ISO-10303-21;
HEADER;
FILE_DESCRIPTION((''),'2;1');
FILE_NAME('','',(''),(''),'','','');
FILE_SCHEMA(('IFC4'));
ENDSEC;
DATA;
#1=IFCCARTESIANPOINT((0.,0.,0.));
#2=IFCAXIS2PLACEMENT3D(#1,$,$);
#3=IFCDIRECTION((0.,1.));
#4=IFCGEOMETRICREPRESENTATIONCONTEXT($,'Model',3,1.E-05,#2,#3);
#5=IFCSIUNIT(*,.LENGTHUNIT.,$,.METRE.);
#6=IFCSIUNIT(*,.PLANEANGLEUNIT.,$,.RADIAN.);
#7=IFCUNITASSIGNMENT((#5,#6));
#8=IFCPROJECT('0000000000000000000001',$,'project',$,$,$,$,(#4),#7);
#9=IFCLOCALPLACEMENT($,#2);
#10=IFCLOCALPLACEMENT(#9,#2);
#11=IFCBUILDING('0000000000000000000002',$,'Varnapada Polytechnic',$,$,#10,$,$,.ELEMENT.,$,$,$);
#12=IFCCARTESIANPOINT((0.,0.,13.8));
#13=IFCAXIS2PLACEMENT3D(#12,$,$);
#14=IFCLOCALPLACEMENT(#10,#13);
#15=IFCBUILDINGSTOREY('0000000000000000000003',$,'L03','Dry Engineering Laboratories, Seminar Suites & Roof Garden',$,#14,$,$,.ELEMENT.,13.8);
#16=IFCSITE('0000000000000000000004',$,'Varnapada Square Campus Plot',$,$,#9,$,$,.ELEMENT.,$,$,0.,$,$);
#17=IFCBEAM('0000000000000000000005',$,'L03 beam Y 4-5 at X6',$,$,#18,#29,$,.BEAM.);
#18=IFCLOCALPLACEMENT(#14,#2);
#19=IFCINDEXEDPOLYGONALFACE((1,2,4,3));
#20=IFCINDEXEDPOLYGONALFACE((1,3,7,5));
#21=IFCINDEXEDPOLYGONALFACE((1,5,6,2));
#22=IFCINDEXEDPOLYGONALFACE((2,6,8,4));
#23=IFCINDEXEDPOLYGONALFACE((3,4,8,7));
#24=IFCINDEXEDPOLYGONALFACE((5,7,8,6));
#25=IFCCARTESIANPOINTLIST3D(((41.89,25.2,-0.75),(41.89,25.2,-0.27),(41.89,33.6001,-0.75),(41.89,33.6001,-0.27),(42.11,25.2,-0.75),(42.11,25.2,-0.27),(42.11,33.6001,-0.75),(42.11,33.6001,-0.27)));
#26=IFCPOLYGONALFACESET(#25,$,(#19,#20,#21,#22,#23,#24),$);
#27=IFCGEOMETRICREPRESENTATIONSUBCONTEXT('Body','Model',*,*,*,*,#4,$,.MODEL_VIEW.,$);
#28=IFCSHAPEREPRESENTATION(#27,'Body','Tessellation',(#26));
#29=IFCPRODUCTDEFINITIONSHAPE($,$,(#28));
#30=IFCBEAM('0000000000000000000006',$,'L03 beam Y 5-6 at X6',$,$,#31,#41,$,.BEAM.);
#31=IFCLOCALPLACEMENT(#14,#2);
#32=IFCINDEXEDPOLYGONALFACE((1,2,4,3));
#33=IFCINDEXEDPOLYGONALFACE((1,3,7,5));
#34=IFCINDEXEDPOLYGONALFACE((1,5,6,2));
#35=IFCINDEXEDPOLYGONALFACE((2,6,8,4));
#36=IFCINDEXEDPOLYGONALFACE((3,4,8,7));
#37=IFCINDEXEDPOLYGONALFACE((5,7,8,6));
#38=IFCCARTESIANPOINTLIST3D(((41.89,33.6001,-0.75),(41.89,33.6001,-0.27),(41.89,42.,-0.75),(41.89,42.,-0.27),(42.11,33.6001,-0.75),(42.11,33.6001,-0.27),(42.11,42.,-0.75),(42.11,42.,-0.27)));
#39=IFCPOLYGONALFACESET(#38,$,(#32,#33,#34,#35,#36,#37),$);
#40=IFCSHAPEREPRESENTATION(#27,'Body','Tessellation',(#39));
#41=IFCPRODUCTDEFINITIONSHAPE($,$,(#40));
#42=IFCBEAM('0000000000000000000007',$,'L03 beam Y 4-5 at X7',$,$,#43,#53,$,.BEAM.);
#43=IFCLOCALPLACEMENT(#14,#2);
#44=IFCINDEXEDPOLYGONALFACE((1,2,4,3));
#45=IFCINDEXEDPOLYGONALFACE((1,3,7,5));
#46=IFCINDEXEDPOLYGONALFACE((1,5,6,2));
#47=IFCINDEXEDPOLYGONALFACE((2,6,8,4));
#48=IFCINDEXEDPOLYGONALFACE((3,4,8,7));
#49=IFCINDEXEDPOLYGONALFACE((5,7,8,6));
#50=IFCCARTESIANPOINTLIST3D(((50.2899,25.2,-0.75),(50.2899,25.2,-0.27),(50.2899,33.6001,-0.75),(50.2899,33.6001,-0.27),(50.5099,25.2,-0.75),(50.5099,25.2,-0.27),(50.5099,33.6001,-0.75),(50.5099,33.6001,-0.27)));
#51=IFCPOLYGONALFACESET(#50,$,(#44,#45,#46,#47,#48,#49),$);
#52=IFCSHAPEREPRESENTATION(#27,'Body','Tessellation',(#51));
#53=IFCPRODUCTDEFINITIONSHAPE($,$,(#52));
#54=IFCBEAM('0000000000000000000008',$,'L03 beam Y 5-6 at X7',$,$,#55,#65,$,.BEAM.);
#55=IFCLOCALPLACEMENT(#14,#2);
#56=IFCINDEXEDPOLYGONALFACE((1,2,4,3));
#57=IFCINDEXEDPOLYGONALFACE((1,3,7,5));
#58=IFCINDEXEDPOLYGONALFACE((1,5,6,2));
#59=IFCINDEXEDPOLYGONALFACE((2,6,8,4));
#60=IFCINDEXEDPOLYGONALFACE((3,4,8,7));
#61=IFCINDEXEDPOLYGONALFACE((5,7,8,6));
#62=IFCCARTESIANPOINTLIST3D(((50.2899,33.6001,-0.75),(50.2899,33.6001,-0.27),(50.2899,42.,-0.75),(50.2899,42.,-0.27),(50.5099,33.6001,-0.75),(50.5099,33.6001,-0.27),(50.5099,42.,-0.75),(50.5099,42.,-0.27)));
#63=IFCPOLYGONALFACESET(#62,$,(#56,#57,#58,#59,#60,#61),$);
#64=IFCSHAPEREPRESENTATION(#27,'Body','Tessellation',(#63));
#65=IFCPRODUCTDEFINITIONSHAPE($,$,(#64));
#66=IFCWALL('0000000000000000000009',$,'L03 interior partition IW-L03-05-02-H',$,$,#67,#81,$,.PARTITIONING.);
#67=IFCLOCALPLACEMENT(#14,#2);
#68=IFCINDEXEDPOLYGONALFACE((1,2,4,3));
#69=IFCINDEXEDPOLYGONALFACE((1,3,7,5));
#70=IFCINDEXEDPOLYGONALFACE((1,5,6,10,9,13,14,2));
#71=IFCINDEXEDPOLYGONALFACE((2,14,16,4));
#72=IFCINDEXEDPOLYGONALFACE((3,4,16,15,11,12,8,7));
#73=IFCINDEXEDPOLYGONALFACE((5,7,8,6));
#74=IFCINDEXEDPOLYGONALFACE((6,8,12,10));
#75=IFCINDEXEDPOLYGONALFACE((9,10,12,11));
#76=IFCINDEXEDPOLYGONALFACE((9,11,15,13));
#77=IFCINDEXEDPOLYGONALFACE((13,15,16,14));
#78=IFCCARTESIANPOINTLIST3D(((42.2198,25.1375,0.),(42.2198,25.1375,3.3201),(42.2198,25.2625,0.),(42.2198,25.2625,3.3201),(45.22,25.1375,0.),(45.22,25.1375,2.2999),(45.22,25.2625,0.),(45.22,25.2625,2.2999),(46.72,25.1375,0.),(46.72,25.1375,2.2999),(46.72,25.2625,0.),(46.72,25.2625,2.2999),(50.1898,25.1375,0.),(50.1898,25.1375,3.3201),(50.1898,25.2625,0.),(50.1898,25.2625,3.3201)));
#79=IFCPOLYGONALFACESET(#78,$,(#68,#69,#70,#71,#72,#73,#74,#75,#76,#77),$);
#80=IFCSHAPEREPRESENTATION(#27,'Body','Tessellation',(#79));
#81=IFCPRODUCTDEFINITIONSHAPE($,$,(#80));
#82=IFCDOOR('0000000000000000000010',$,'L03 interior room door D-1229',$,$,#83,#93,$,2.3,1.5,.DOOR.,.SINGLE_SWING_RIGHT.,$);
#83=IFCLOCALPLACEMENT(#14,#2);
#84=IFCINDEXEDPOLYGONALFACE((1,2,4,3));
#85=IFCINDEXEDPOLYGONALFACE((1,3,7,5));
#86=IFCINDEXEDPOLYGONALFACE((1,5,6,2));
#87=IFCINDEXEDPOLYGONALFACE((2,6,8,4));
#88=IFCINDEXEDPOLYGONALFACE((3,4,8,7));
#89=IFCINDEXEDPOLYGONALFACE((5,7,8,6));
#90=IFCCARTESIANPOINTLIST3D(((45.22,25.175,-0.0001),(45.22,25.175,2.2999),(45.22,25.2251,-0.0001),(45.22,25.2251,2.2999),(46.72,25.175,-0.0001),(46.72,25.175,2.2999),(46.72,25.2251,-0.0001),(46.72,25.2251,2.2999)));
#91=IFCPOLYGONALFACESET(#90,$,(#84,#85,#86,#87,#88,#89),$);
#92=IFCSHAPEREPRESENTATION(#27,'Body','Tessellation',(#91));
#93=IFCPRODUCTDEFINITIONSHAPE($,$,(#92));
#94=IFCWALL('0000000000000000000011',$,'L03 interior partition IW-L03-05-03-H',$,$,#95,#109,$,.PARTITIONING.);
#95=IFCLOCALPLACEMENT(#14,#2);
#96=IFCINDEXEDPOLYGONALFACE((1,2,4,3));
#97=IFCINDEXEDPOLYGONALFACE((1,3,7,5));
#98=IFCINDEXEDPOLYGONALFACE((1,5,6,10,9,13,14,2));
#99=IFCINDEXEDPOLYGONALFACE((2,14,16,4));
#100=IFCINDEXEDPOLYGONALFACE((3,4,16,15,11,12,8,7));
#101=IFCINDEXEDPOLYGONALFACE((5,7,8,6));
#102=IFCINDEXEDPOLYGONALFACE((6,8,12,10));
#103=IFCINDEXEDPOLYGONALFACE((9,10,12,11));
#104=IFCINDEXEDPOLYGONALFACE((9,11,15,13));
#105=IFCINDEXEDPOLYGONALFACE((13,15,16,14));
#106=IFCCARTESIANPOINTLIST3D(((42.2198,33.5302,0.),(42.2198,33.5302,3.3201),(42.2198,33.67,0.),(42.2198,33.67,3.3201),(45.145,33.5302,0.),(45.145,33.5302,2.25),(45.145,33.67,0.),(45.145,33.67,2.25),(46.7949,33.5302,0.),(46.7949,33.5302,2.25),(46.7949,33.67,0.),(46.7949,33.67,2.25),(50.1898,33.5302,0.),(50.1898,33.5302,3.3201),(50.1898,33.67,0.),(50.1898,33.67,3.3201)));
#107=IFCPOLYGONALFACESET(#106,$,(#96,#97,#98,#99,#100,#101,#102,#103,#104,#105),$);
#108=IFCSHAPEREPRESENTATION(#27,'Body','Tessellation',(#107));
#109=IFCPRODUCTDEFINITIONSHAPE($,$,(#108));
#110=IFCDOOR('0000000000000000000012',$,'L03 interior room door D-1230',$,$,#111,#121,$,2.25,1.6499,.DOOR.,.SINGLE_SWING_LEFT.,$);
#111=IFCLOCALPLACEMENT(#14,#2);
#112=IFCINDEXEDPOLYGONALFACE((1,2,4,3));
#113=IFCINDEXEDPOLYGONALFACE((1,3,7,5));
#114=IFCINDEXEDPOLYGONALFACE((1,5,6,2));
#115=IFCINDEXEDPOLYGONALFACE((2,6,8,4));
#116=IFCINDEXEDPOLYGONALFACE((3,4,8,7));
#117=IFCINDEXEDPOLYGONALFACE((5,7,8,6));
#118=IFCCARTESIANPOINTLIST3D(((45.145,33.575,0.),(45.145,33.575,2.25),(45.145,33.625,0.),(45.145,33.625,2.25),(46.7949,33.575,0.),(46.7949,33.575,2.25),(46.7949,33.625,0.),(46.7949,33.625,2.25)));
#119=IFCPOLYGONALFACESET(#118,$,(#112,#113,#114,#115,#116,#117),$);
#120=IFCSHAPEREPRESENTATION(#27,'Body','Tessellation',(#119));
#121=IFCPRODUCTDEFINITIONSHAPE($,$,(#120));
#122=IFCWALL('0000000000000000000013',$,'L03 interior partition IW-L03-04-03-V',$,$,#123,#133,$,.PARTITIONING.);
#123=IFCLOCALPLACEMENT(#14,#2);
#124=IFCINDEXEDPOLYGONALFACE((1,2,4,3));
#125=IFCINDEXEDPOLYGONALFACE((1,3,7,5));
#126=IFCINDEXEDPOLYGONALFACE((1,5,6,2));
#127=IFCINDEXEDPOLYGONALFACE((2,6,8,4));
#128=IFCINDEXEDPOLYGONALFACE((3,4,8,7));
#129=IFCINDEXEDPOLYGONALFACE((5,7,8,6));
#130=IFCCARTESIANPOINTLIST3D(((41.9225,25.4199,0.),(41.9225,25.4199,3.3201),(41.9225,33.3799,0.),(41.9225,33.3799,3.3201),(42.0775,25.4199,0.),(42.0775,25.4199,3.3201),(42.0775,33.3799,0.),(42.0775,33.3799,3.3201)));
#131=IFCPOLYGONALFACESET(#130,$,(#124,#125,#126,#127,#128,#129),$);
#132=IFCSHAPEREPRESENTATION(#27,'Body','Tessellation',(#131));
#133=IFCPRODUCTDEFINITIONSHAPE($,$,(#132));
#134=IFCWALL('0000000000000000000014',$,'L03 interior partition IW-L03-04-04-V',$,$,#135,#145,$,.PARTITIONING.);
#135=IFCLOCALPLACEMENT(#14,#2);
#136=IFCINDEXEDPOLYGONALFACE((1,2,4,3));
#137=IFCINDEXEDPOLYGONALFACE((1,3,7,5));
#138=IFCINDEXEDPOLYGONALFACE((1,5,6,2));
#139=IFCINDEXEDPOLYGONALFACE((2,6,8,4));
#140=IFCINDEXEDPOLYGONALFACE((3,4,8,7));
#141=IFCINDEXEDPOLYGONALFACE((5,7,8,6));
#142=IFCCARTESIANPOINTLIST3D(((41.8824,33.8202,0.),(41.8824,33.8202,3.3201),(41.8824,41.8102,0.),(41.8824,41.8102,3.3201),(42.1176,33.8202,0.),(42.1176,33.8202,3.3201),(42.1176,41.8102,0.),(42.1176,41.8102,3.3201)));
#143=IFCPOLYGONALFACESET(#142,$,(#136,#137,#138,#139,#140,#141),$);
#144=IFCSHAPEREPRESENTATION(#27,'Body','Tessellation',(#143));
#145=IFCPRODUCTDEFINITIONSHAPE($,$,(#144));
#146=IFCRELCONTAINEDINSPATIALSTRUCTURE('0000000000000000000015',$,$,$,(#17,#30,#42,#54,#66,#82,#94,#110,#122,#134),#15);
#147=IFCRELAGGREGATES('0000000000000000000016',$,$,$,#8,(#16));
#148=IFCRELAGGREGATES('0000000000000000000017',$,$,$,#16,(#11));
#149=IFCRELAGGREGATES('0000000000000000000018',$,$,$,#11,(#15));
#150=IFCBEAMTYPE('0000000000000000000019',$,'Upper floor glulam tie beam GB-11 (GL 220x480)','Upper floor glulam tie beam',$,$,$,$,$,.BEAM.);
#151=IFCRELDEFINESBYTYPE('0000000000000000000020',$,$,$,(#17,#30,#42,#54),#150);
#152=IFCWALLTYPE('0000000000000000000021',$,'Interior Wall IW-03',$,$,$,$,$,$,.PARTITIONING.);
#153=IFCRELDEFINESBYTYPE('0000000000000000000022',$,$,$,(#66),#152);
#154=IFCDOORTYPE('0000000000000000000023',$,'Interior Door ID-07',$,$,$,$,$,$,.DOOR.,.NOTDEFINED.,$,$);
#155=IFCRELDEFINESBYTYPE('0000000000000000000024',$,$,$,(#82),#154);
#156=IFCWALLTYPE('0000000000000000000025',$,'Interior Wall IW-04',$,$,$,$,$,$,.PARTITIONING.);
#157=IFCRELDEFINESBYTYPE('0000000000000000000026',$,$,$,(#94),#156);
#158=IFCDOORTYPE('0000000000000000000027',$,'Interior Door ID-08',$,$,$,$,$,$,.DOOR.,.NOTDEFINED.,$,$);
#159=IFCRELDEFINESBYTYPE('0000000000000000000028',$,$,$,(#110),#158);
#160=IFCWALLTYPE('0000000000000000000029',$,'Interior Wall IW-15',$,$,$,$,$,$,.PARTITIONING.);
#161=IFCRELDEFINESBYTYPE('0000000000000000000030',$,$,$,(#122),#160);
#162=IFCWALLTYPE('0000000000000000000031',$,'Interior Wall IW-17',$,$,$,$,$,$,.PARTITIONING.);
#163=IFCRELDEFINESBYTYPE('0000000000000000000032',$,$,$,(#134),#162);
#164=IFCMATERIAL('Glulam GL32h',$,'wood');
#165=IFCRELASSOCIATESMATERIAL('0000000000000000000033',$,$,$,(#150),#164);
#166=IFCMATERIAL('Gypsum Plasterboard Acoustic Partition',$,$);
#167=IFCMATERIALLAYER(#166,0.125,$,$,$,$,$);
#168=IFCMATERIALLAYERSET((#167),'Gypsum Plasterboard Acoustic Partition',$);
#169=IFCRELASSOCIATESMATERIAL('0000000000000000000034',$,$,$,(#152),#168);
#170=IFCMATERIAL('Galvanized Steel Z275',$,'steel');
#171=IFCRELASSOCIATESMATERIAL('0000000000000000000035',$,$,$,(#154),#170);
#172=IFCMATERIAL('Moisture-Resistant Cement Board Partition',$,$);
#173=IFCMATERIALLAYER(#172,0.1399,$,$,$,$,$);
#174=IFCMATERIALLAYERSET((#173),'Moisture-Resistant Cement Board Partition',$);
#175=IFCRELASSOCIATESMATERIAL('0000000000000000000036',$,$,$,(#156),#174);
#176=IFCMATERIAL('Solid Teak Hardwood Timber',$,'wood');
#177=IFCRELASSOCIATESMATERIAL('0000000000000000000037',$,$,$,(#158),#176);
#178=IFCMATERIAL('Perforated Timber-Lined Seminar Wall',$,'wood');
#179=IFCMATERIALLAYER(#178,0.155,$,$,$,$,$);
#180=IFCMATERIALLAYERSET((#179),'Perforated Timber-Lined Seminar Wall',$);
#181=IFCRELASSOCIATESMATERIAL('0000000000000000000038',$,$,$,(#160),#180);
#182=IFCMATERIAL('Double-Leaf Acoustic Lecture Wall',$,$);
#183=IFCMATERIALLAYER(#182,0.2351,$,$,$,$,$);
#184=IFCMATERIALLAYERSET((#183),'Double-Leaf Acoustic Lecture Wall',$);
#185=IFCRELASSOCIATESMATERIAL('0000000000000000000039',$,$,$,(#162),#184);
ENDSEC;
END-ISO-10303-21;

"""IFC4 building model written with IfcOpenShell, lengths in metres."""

from ifc_helpers import new_model, si_unit, direction, frame, frame_2d, origin, origin_2d, place, context, subcontext, project, spatial, rectangle, extrude, material, layer, layer_set, material_profile, profile_set, type_object, element, fill, save


model = new_model("IFC4")

# Units and contexts
model_context = context("Model", 3, precision=1e-05, world=origin(), true_north=direction((0.0, 1.0)))
body_context = subcontext(model_context, "Body", "Model", "MODEL_VIEW")
ifc_project = project(units=[si_unit("LENGTHUNIT", "METRE"), si_unit("PLANEANGLEUNIT", "RADIAN")], contexts=[model_context])

# Site, building, storey
site_placement = place(None, origin())
site = spatial("IfcSite", under=ifc_project, at=site_placement, Name="Varnapada Square Campus Plot", CompositionType="ELEMENT", RefElevation=0.0)
building_placement = place(site_placement, origin())
building = spatial("IfcBuilding", under=site, at=building_placement, Name="Varnapada Polytechnic", CompositionType="ELEMENT")
storey_placement = place(building_placement, frame((0.0, 0.0, 13.8)))
storey = spatial("IfcBuildingStorey", under=building, at=storey_placement, Name="L03", Description="Dry Engineering Laboratories, Seminar Suites & Roof Garden", CompositionType="ELEMENT", Elevation=13.8)

# Shared definitions
ifc_material_1 = material(Name="Glulam GL32h", Category="wood")

# Beams
ifc_material_profile_1 = material_profile(ifc_material_1, rectangle(XDim=0.22, YDim=0.48, at=origin_2d()), Name="GL 220x480")
ifc_profile_set_1 = profile_set([ifc_material_profile_1], Name="Glulam GL32h")
beam_type_1 = type_object("IfcBeamType", Name="Upper floor glulam tie beam GB-11 (GL 220x480)", Description="Upper floor glulam tie beam", PredefinedType="BEAM", material=ifc_profile_set_1)
beam_1_placement = place(storey_placement, frame((42.0, 25.2, -0.51), z_axis=(0.0, 1.0, 0.0), x_axis=(-1.0, 0.0, 0.0)))
element("IfcBeam", 1, at=beam_1_placement, inside=storey, type_object=beam_type_1, Name="L03 beam Y 4-5 at X6", PredefinedType="BEAM", context=body_context, shape_type="SweptSolid", body=[
    extrude(rectangle(XDim=0.22, YDim=0.48, at=origin_2d()), origin(), (0.0, 0.0, 1.0), 8.4001),
])
beam_2_placement = place(storey_placement, frame((42.0, 33.6001, -0.51), z_axis=(0.0, 1.0, 0.0), x_axis=(-1.0, 0.0, 0.0)))
element("IfcBeam", 2, at=beam_2_placement, inside=storey, type_object=beam_type_1, Name="L03 beam Y 5-6 at X6", PredefinedType="BEAM", context=body_context, shape_type="SweptSolid", body=[
    extrude(rectangle(XDim=0.22, YDim=0.48, at=origin_2d()), origin(), (0.0, 0.0, 1.0), 8.3999),
])
beam_3_placement = place(storey_placement, frame((50.3999, 25.2, -0.51), z_axis=(0.0, 1.0, 0.0), x_axis=(-1.0, 0.0, 0.0)))
element("IfcBeam", 3, at=beam_3_placement, inside=storey, type_object=beam_type_1, Name="L03 beam Y 4-5 at X7", PredefinedType="BEAM", context=body_context, shape_type="SweptSolid", body=[
    extrude(rectangle(XDim=0.22, YDim=0.48, at=origin_2d()), origin(), (0.0, 0.0, 1.0), 8.4001),
])
beam_4_placement = place(storey_placement, frame((50.3999, 33.6001, -0.51), z_axis=(0.0, 1.0, 0.0), x_axis=(-1.0, 0.0, 0.0)))
element("IfcBeam", 4, at=beam_4_placement, inside=storey, type_object=beam_type_1, Name="L03 beam Y 5-6 at X7", PredefinedType="BEAM", context=body_context, shape_type="SweptSolid", body=[
    extrude(rectangle(XDim=0.22, YDim=0.48, at=origin_2d()), origin(), (0.0, 0.0, 1.0), 8.3999),
])

# Walls, openings, doors
ifc_material_2 = material(Name="Gypsum Plasterboard Acoustic Partition")
ifc_layer_1 = layer(ifc_material_2, 0.125)
ifc_layer_set_1 = layer_set([ifc_layer_1], Name="Gypsum Plasterboard Acoustic Partition")
wall_type_1 = type_object("IfcWallType", Name="Interior Wall IW-03", PredefinedType="PARTITIONING", material=ifc_layer_set_1)
wall_1_placement = place(storey_placement, frame((42.22, 25.2, 0.0), z_axis=(0.0, 0.0, 1.0), x_axis=(1.0, 0.0, 0.0)))
wall_1 = element("IfcWall", 5, at=wall_1_placement, inside=storey, type_object=wall_type_1, Name="L03 interior partition IW-L03-05-02-H", PredefinedType="PARTITIONING", context=body_context, shape_type="SweptSolid", body=[
    extrude(rectangle(XDim=7.97, YDim=0.125, at=frame_2d((3.9849, 0.0))), origin(), (0.0, 0.0, 1.0), 3.3201),
])
opening_1_placement = place(wall_1_placement, frame((3.0, 0.0, 0.0)))
opening_1 = element("IfcOpeningElement", 6, at=opening_1_placement, cuts=wall_1, PredefinedType="OPENING", context=body_context, shape_type="SweptSolid", body=[
    extrude(rectangle(XDim=1.5, YDim=2.3, at=frame_2d((0.75, 1.1499))), frame((0.0, 0.0725, 0.0), z_axis=(0.0, -1.0, 0.0), x_axis=(1.0, 0.0, 0.0)), (0.0, 0.0, 1.0), 0.145),
])
ifc_material_3 = material(Name="Galvanized Steel Z275", Category="steel")
door_type_1 = type_object("IfcDoorType", Name="Interior Door ID-07", OperationType="NOTDEFINED", PredefinedType="DOOR", material=ifc_material_3)
door_1_placement = place(opening_1_placement, frame((1.5, 0.0, 0.0), z_axis=(0.0, 0.0, 1.0), x_axis=(-1.0, 0.0, 0.0)))
door_1 = element("IfcDoor", 7, at=door_1_placement, inside=storey, type_object=door_type_1, Name="L03 interior room door D-1229", OperationType="SINGLE_SWING_RIGHT", OverallHeight=2.3, OverallWidth=1.5, PredefinedType="DOOR", context=body_context, shape_type="SweptSolid", body=[
    extrude(rectangle(XDim=1.5, YDim=2.3, at=frame_2d((0.75, 1.1499))), frame((0.0, 0.0249, 0.0), z_axis=(0.0, -1.0, 0.0), x_axis=(1.0, 0.0, 0.0)), (0.0, 0.0, 1.0), 0.05),
])
fill(opening_1, door_1)
ifc_material_4 = material(Name="Moisture-Resistant Cement Board Partition")
ifc_layer_2 = layer(ifc_material_4, 0.1399)
ifc_layer_set_2 = layer_set([ifc_layer_2], Name="Moisture-Resistant Cement Board Partition")
wall_type_2 = type_object("IfcWallType", Name="Interior Wall IW-04", PredefinedType="PARTITIONING", material=ifc_layer_set_2)
wall_2_placement = place(storey_placement, frame((42.22, 33.6001, 0.0), z_axis=(0.0, 0.0, 1.0), x_axis=(1.0, 0.0, 0.0)))
wall_2 = element("IfcWall", 8, at=wall_2_placement, inside=storey, type_object=wall_type_2, Name="L03 interior partition IW-L03-05-03-H", PredefinedType="PARTITIONING", context=body_context, shape_type="SweptSolid", body=[
    extrude(rectangle(XDim=7.97, YDim=0.1399, at=frame_2d((3.9849, 0.0))), origin(), (0.0, 0.0, 1.0), 3.3201),
])
opening_2_placement = place(wall_2_placement, frame((2.925, 0.0, 0.0)))
opening_2 = element("IfcOpeningElement", 9, at=opening_2_placement, cuts=wall_2, PredefinedType="OPENING", context=body_context, shape_type="SweptSolid", body=[
    extrude(rectangle(XDim=1.6499, YDim=2.25, at=frame_2d((0.825, 1.125))), frame((0.0, 0.0798, 0.0), z_axis=(0.0, -1.0, 0.0), x_axis=(1.0, 0.0, 0.0)), (0.0, 0.0, 1.0), 0.1599),
])
ifc_material_5 = material(Name="Solid Teak Hardwood Timber", Category="wood")
door_type_2 = type_object("IfcDoorType", Name="Interior Door ID-08", OperationType="NOTDEFINED", PredefinedType="DOOR", material=ifc_material_5)
door_2_placement = place(opening_2_placement, origin())
door_2 = element("IfcDoor", 10, at=door_2_placement, inside=storey, type_object=door_type_2, Name="L03 interior room door D-1230", OperationType="SINGLE_SWING_LEFT", OverallHeight=2.25, OverallWidth=1.6499, PredefinedType="DOOR", context=body_context, shape_type="SweptSolid", body=[
    extrude(rectangle(XDim=1.6499, YDim=2.25, at=frame_2d((0.825, 1.125))), frame((0.0, 0.0249, 0.0), z_axis=(0.0, -1.0, 0.0), x_axis=(1.0, 0.0, 0.0)), (0.0, 0.0, 1.0), 0.05),
])
fill(opening_2, door_2)

# Walls
ifc_material_6 = material(Name="Perforated Timber-Lined Seminar Wall", Category="wood")
ifc_layer_3 = layer(ifc_material_6, 0.155)
ifc_layer_set_3 = layer_set([ifc_layer_3], Name="Perforated Timber-Lined Seminar Wall")
wall_type_3 = type_object("IfcWallType", Name="Interior Wall IW-15", PredefinedType="PARTITIONING", material=ifc_layer_set_3)
wall_3_placement = place(storey_placement, frame((42.0, 25.4199, 0.0), z_axis=(0.0, 0.0, 1.0), x_axis=(0.0, 1.0, 0.0)))
element("IfcWall", 11, at=wall_3_placement, inside=storey, type_object=wall_type_3, Name="L03 interior partition IW-L03-04-03-V", PredefinedType="PARTITIONING", context=body_context, shape_type="SweptSolid", body=[
    extrude(rectangle(XDim=7.96, YDim=0.155, at=frame_2d((3.98, 0.0))), origin(), (0.0, 0.0, 1.0), 3.3201),
])
ifc_material_7 = material(Name="Double-Leaf Acoustic Lecture Wall")
ifc_layer_4 = layer(ifc_material_7, 0.2351)
ifc_layer_set_4 = layer_set([ifc_layer_4], Name="Double-Leaf Acoustic Lecture Wall")
wall_type_4 = type_object("IfcWallType", Name="Interior Wall IW-17", PredefinedType="PARTITIONING", material=ifc_layer_set_4)
wall_4_placement = place(storey_placement, frame((42.0, 33.8201, 0.0), z_axis=(0.0, 0.0, 1.0), x_axis=(0.0, 1.0, 0.0)))
element("IfcWall", 12, at=wall_4_placement, inside=storey, type_object=wall_type_4, Name="L03 interior partition IW-L03-04-04-V", PredefinedType="PARTITIONING", context=body_context, shape_type="SweptSolid", body=[
    extrude(rectangle(XDim=7.99, YDim=0.2351, at=frame_2d((3.9951, 0.0))), origin(), (0.0, 0.0, 1.0), 3.3201),
])

save(model, "model.ifc")
